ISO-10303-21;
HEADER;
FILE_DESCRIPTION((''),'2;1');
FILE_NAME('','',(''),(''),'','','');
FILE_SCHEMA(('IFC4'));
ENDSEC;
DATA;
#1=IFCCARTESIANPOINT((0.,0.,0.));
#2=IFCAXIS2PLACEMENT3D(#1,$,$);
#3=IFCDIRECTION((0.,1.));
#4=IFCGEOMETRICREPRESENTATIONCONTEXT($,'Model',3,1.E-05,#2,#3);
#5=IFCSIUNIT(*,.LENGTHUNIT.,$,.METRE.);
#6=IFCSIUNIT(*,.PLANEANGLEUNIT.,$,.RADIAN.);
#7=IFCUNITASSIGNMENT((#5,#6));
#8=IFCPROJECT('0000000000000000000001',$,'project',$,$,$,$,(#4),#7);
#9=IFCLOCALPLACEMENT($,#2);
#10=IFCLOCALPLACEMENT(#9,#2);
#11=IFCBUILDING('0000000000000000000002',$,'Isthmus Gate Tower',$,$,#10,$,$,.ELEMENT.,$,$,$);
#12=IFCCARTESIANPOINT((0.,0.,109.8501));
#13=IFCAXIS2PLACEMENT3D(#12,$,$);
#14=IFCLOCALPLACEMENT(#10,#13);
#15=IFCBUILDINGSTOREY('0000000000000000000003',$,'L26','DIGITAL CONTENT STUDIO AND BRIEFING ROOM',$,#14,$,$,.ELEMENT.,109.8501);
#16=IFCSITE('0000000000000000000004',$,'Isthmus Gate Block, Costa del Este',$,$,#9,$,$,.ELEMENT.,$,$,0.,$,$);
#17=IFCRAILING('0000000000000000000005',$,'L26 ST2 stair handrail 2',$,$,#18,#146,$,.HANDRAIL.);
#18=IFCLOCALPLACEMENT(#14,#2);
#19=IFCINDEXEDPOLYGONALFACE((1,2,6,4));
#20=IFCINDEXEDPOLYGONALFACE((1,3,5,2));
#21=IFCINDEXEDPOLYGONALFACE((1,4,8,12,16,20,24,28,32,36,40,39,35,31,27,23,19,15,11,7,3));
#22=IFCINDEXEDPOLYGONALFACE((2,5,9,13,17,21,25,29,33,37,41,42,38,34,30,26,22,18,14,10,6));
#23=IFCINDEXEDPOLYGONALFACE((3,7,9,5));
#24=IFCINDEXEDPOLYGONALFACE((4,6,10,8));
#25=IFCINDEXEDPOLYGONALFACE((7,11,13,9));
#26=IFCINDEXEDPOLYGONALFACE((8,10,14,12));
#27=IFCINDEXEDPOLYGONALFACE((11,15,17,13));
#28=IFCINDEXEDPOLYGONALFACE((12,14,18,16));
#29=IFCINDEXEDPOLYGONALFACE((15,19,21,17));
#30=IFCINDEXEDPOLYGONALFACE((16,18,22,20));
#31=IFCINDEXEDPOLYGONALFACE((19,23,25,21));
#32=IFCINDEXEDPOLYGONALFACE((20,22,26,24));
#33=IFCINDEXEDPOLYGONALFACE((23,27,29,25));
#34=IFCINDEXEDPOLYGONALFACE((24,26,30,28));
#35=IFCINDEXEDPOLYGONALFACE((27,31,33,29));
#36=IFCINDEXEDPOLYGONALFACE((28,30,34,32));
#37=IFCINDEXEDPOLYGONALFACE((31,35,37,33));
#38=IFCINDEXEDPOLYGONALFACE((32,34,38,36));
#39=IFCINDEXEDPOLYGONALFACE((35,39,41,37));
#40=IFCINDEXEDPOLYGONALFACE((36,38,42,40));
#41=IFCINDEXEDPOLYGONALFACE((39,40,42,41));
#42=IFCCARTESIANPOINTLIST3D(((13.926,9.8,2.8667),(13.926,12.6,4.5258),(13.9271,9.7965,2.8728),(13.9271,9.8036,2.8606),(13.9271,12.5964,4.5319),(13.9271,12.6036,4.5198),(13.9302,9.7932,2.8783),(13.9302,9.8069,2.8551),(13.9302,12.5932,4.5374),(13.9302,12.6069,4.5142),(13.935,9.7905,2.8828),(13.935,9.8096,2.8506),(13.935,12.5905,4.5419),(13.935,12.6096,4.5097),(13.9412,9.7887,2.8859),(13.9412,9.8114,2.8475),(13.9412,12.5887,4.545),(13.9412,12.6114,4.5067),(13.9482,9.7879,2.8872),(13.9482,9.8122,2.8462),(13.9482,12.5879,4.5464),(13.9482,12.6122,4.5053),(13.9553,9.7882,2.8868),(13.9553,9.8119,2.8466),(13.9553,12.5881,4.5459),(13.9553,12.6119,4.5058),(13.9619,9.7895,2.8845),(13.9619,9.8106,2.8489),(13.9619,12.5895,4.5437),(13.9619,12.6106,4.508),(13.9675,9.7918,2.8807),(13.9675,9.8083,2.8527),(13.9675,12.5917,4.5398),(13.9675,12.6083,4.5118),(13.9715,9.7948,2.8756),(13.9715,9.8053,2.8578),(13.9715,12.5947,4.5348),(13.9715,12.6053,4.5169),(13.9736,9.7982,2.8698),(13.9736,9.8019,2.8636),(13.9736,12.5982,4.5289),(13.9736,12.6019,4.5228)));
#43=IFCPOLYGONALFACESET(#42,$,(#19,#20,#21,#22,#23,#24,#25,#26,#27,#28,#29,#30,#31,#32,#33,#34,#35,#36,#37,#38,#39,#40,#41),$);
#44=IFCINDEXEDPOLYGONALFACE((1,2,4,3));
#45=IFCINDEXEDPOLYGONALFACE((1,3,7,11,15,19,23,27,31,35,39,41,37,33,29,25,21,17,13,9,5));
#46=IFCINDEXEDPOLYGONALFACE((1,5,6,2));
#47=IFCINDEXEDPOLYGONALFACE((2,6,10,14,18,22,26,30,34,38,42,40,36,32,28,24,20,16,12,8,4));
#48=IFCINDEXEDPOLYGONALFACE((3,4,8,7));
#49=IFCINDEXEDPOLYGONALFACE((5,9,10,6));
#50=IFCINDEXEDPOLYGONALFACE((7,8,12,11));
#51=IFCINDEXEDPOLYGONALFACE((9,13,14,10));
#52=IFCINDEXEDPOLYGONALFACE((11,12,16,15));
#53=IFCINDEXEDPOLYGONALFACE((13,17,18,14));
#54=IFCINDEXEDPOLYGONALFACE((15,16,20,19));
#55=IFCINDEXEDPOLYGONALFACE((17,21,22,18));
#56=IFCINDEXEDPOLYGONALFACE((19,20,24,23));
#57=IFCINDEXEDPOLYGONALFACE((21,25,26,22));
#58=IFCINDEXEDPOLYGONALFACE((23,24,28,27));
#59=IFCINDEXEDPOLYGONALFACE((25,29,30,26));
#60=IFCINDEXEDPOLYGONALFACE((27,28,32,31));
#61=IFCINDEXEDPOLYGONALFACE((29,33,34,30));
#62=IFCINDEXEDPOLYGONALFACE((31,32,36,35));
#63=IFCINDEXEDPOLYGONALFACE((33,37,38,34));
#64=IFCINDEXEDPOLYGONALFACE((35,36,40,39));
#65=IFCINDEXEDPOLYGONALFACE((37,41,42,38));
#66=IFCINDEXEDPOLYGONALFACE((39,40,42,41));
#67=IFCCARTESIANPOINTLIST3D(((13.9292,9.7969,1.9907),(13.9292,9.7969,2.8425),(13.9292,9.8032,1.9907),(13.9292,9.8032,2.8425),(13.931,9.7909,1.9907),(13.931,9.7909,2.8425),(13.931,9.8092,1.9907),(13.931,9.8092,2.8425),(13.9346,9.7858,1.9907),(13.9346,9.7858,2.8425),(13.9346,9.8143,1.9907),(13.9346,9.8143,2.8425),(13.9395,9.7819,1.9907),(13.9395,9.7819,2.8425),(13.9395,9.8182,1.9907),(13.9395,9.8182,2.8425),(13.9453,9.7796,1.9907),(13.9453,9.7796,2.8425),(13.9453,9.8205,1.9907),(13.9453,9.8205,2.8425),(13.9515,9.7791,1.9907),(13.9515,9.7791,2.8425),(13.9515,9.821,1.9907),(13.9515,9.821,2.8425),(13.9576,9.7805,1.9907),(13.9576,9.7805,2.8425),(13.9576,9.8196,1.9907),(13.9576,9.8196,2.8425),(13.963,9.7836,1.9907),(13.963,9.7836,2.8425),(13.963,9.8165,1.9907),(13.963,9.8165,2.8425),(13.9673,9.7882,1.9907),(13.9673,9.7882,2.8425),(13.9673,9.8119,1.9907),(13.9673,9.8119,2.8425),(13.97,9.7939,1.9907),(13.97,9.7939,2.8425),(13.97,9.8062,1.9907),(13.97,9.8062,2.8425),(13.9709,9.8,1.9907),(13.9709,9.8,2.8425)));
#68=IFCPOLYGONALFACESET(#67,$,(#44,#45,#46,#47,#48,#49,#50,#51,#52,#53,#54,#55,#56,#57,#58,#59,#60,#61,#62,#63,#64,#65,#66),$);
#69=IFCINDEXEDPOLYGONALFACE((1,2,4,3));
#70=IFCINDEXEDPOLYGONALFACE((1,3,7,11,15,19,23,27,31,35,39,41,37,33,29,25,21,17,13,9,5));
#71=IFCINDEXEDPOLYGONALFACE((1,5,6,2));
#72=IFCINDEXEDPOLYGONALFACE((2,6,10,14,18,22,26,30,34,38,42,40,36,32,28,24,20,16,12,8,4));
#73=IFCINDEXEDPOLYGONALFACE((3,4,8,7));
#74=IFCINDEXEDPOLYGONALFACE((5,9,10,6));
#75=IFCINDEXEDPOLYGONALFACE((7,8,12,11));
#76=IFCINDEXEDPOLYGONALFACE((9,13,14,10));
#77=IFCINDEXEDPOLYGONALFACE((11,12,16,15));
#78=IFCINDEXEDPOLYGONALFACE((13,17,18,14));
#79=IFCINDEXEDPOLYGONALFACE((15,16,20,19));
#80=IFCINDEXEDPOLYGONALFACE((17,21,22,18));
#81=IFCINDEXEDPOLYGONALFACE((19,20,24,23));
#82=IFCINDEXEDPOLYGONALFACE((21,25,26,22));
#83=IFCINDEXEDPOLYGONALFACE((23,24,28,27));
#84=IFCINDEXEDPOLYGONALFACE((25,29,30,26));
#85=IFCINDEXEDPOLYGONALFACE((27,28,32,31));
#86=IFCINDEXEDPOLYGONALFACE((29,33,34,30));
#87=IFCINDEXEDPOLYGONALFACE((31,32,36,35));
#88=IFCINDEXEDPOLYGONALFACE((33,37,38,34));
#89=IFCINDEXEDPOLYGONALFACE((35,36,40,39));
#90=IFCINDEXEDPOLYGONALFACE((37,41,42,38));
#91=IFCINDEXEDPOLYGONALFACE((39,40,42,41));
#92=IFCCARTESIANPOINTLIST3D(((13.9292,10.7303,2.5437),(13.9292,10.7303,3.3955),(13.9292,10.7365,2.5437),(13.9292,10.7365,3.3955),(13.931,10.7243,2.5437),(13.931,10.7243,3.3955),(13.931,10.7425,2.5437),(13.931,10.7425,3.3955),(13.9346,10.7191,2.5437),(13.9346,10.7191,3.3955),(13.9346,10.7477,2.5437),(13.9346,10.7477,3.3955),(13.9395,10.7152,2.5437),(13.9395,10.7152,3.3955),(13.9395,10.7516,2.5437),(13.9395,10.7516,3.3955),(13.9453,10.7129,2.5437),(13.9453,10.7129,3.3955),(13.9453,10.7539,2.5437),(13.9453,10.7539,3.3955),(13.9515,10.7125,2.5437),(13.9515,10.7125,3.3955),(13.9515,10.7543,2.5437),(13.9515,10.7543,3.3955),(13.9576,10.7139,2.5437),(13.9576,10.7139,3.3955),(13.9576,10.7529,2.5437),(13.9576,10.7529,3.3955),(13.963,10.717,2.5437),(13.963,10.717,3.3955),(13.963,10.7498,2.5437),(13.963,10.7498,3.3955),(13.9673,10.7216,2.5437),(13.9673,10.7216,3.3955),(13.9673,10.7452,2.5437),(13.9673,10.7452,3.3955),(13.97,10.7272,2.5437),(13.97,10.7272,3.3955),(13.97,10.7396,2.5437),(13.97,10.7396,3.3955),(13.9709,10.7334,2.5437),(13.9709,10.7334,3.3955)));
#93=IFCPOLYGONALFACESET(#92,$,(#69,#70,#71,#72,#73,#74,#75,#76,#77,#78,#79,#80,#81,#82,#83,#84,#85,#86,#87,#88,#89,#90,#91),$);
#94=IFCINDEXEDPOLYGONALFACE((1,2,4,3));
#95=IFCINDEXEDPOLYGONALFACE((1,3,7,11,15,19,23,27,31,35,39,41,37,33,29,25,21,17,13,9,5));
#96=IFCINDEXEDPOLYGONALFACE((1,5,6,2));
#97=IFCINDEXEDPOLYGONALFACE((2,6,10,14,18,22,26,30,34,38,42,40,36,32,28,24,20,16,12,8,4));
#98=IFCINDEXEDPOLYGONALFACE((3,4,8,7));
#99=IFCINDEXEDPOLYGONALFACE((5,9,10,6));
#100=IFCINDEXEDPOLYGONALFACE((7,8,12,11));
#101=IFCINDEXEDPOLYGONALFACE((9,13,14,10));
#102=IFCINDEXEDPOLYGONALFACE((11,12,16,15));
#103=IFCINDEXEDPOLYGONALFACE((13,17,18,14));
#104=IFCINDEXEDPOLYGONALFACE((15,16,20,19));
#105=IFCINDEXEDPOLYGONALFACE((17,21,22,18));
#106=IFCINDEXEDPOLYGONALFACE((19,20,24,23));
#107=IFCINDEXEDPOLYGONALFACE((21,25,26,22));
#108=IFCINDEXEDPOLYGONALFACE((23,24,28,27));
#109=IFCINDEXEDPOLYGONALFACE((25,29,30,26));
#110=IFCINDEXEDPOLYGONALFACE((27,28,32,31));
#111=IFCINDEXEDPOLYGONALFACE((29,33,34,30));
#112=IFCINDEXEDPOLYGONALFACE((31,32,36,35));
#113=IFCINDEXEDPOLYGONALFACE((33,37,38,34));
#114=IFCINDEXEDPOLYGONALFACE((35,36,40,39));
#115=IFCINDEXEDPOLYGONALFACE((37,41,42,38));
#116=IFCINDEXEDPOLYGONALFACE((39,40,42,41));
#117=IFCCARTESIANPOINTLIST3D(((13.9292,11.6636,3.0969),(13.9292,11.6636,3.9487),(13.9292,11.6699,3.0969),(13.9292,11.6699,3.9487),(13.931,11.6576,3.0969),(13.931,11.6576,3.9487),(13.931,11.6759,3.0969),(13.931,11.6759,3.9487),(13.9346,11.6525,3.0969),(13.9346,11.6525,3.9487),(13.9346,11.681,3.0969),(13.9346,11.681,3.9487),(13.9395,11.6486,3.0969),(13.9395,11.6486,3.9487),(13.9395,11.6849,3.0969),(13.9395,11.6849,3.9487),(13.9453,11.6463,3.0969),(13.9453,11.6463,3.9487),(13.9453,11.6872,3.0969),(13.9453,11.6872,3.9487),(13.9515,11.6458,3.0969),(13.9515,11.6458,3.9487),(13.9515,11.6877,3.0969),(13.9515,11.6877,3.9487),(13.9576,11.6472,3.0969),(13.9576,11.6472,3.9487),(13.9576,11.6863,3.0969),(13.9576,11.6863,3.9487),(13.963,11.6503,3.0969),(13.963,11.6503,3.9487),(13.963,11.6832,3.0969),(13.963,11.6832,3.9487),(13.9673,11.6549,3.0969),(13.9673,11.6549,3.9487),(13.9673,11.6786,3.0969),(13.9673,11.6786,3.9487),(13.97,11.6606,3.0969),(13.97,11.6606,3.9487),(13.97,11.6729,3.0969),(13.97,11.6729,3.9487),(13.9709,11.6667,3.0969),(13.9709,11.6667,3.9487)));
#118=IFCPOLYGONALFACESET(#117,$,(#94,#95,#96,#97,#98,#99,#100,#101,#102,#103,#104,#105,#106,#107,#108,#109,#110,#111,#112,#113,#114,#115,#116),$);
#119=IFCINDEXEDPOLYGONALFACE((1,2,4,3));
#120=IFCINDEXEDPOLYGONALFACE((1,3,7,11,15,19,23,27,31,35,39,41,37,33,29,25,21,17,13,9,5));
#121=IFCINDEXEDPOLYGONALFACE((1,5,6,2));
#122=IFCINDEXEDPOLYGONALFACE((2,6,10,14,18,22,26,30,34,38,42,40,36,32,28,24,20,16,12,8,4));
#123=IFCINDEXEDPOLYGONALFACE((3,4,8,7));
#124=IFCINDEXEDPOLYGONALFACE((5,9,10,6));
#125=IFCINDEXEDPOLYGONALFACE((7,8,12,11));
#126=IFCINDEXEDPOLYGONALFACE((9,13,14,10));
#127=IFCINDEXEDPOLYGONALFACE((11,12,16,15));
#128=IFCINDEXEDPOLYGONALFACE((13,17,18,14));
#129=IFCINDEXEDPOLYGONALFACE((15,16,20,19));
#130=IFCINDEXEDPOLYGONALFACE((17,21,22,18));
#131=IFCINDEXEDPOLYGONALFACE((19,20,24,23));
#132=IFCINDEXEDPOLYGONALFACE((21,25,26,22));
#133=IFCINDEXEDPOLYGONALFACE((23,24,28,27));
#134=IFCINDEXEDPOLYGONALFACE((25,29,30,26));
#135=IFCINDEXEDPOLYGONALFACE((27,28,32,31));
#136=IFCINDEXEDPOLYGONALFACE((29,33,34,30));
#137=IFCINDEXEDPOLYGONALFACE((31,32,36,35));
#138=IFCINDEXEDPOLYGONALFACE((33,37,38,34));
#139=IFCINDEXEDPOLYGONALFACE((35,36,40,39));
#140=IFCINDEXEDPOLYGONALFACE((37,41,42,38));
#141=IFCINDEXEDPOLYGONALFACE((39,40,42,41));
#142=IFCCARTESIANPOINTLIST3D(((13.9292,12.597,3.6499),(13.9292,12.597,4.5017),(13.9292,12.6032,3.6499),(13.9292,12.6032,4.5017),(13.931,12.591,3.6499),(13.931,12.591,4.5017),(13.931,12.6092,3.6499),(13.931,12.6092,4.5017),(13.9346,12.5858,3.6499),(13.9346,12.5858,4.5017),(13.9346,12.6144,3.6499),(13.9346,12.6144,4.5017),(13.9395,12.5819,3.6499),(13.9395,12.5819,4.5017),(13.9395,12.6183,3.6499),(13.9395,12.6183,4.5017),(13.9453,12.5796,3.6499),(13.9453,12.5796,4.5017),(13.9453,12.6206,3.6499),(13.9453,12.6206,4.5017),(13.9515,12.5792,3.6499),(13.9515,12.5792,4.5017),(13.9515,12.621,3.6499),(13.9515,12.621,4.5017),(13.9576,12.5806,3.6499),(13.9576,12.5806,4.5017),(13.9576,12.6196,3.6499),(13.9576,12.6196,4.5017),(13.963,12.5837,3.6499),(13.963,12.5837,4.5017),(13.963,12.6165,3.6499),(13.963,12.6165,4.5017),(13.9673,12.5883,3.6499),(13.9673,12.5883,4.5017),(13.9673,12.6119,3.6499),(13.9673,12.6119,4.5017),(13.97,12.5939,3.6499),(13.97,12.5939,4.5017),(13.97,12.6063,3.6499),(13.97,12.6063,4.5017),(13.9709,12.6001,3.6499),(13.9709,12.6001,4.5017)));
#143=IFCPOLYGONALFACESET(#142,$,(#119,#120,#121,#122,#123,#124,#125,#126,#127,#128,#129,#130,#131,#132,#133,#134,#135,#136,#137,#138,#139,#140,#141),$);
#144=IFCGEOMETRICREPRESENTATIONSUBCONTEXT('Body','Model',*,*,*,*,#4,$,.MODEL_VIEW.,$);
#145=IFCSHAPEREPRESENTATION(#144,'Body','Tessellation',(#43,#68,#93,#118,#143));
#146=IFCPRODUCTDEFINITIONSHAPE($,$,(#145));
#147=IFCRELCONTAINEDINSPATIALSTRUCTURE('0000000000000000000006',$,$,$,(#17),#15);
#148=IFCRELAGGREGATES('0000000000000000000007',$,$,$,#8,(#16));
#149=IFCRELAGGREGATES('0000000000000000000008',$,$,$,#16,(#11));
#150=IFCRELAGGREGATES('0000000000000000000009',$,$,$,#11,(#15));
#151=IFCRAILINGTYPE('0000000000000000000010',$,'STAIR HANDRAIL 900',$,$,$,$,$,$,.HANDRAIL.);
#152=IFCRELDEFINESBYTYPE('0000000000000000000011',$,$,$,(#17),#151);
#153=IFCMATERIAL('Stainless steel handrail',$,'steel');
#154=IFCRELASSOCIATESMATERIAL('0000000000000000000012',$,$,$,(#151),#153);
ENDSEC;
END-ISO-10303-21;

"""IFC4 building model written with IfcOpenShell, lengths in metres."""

from ifc_helpers import new_model, si_unit, direction, frame, origin, origin_2d, place, context, subcontext, project, spatial, circle, extrude, material, type_object, element, save


model = new_model("IFC4")

# Units and contexts
model_context = context("Model", 3, precision=1e-05, world=origin(), true_north=direction((0.0, 1.0)))
body_context = subcontext(model_context, "Body", "Model", "MODEL_VIEW")
ifc_project = project(units=[si_unit("LENGTHUNIT", "METRE"), si_unit("PLANEANGLEUNIT", "RADIAN")], contexts=[model_context])

# Site, building, storey
site_placement = place(None, origin())
site = spatial("IfcSite", under=ifc_project, at=site_placement, Name="Isthmus Gate Block, Costa del Este", CompositionType="ELEMENT", RefElevation=0.0)
building_placement = place(site_placement, origin())
building = spatial("IfcBuilding", under=site, at=building_placement, Name="Isthmus Gate Tower", CompositionType="ELEMENT")
storey_placement = place(building_placement, frame((0.0, 0.0, 109.8501)))
storey = spatial("IfcBuildingStorey", under=building, at=storey_placement, Name="L26", Description="DIGITAL CONTENT STUDIO AND BRIEFING ROOM", CompositionType="ELEMENT", Elevation=109.8501)

# Railing
ifc_material_1 = material(Name="Stainless steel handrail", Category="steel")
railing_type_1 = type_object("IfcRailingType", Name="STAIR HANDRAIL 900", PredefinedType="HANDRAIL", material=ifc_material_1)
railing_1_placement = place(storey_placement, frame((13.95, 9.8, 1.9907)))
element("IfcRailing", 1, at=railing_1_placement, inside=storey, type_object=railing_type_1, Name="L26 ST2 stair handrail 2", PredefinedType="HANDRAIL", context=body_context, shape_type="SweptSolid", body=[
    extrude(circle(Radius=0.0239, at=origin_2d()), frame((0.0, 0.0, 0.876), z_axis=(0.0, 0.860306, 0.509778), x_axis=(-1.0, 0.0, 0.0)), (0.0, 0.0, 1.0), 3.2546),
    extrude(circle(Radius=0.021, at=origin_2d()), origin(), (0.0, 0.0, 1.0), 0.8518),
    extrude(circle(Radius=0.021, at=origin_2d()), frame((0.0, 0.9333, 0.553)), (0.0, 0.0, 1.0), 0.8518),
    extrude(circle(Radius=0.021, at=origin_2d()), frame((0.0, 1.8667, 1.1062)), (0.0, 0.0, 1.0), 0.8518),
    extrude(circle(Radius=0.021, at=origin_2d()), frame((0.0, 2.8, 1.6592)), (0.0, 0.0, 1.0), 0.8518),
])

save(model, "model.ifc")
